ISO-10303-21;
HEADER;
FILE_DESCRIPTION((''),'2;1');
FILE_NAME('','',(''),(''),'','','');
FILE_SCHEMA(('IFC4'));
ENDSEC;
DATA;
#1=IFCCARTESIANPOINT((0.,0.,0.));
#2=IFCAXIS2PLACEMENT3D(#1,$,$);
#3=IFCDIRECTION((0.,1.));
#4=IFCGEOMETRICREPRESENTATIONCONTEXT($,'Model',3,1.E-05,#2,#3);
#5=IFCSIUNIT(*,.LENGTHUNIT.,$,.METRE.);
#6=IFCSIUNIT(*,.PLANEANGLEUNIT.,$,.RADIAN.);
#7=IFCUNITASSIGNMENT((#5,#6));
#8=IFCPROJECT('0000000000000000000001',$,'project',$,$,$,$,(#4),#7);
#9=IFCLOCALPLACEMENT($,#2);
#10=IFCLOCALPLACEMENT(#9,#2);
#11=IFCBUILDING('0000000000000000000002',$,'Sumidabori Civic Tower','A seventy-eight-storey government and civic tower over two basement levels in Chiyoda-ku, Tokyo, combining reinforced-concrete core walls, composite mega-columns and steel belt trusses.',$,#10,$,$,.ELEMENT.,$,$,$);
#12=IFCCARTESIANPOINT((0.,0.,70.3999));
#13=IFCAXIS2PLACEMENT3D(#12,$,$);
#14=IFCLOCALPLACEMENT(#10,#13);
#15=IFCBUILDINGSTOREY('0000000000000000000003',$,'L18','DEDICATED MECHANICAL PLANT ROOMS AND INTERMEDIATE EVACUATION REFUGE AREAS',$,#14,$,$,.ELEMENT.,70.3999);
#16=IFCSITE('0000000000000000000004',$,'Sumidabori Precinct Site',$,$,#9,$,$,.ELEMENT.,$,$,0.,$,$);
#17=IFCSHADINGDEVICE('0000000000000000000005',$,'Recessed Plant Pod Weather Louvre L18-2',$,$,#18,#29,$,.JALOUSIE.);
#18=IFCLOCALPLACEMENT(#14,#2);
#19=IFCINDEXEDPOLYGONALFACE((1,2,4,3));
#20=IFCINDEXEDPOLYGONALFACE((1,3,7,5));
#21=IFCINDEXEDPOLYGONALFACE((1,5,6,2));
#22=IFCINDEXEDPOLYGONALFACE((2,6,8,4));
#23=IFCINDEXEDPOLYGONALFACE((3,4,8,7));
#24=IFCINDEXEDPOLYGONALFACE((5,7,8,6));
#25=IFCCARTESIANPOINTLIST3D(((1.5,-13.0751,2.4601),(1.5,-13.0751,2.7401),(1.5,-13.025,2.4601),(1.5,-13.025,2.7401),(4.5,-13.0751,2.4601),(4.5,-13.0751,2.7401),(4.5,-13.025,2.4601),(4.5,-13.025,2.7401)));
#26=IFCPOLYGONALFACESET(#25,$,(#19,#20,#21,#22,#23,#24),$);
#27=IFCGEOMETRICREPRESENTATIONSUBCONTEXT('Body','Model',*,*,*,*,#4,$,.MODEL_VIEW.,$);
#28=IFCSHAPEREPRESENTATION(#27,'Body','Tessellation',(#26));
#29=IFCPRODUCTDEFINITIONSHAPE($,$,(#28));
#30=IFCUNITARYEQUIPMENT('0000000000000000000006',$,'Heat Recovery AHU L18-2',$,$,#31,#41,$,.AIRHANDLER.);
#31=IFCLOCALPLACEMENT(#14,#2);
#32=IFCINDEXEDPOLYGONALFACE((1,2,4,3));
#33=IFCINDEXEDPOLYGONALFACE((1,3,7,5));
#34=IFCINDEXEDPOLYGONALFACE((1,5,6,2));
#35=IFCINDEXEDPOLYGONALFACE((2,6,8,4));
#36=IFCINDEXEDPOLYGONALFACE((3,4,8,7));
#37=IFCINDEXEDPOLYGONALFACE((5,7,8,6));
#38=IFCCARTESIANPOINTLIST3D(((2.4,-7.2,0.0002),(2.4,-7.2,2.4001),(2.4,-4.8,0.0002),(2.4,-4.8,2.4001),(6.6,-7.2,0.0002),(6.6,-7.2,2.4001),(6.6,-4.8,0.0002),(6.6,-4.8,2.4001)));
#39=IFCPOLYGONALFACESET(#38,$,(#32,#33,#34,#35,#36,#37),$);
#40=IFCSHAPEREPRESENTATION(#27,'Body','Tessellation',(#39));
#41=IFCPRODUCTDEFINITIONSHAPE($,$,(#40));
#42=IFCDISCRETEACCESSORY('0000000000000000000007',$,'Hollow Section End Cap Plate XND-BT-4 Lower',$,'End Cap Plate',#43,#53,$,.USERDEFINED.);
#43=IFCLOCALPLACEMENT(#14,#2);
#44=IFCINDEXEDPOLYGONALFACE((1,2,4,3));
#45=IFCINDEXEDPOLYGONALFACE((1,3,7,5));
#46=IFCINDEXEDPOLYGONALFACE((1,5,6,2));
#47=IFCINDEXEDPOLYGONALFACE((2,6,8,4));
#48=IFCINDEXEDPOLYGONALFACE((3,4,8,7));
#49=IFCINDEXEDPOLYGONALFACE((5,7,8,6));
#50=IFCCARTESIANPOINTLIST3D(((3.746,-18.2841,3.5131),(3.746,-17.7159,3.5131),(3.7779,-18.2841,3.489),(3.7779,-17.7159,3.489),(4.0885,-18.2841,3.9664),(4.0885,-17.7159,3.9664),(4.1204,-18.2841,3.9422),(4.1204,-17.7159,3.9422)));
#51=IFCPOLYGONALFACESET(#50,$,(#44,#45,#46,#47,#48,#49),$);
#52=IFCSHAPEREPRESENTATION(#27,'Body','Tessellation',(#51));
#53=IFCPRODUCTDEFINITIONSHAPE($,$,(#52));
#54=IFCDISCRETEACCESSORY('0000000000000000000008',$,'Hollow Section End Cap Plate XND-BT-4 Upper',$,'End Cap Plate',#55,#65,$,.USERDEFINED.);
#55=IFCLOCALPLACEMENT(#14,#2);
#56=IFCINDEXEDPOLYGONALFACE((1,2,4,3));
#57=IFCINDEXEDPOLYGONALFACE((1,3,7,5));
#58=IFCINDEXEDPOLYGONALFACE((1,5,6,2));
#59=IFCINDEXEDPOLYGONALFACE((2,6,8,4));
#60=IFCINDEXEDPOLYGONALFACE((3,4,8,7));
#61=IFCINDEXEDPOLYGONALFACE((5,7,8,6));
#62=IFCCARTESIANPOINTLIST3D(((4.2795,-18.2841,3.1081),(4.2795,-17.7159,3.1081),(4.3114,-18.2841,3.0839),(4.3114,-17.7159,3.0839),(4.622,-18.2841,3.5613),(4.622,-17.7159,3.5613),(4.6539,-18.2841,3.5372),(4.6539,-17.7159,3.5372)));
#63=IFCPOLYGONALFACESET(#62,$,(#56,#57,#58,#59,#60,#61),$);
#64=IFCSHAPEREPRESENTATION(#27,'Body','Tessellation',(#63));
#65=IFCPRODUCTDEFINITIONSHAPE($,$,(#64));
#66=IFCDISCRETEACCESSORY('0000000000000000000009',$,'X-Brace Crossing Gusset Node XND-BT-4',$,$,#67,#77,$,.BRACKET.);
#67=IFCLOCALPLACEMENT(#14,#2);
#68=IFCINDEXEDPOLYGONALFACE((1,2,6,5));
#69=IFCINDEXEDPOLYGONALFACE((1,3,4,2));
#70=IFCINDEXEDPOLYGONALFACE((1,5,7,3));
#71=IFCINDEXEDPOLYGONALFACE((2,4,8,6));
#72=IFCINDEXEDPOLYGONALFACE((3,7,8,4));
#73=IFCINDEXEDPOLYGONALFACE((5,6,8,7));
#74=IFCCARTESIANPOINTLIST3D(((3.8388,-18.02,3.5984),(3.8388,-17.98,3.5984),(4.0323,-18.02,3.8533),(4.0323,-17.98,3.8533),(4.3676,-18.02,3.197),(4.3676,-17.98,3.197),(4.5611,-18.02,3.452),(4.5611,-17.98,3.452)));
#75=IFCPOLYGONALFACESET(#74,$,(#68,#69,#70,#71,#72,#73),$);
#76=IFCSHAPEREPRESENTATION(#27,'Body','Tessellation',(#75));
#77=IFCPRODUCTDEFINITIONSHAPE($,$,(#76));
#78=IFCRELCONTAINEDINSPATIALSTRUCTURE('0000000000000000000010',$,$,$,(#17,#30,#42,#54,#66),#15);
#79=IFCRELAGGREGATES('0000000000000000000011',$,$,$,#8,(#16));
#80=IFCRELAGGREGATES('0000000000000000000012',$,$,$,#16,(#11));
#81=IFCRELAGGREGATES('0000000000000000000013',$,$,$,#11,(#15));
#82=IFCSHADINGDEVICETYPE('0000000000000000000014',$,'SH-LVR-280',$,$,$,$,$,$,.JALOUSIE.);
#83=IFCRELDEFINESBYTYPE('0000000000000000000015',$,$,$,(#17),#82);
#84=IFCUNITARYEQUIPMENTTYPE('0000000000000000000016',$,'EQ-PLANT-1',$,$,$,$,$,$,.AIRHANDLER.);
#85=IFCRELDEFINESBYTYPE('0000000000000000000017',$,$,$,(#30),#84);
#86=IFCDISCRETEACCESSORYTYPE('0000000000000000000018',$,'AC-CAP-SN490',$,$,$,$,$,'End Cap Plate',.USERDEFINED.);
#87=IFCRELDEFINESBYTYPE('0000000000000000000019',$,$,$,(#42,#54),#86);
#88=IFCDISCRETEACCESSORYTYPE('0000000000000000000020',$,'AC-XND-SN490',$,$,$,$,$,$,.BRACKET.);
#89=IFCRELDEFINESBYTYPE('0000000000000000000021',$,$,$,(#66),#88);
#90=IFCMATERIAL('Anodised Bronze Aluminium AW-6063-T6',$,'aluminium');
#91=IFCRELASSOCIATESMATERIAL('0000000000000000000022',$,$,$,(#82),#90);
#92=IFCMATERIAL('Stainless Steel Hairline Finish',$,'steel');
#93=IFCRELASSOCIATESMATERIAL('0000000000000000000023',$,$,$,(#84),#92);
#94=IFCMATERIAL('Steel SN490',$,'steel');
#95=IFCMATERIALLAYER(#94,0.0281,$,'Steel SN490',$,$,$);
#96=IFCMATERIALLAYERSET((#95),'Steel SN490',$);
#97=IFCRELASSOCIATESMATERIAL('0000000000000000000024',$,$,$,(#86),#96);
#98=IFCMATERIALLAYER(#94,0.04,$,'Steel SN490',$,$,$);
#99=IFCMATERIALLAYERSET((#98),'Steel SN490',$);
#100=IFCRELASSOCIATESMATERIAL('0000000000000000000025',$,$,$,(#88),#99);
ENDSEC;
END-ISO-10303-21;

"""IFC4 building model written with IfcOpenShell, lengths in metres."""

from ifc_helpers import new_model, si_unit, direction, frame, origin, origin_2d, place, context, subcontext, project, spatial, rectangle, extrude, source, transform, mapped, material, layer, layer_set, material_profile, profile_set, type_object, element, save


model = new_model("IFC4")

# Units and contexts
model_context = context("Model", 3, precision=1e-05, world=origin(), true_north=direction((0.0, 1.0)))
body_context = subcontext(model_context, "Body", "Model", "MODEL_VIEW")
ifc_project = project(units=[si_unit("LENGTHUNIT", "METRE"), si_unit("PLANEANGLEUNIT", "RADIAN")], contexts=[model_context])

# Site, building, storey
site_placement = place(None, origin())
site = spatial("IfcSite", under=ifc_project, at=site_placement, Name="Sumidabori Precinct Site", CompositionType="ELEMENT", RefElevation=0.0)
building_placement = place(site_placement, origin())
building = spatial("IfcBuilding", under=site, at=building_placement, Name="Sumidabori Civic Tower", Description="A seventy-eight-storey government and civic tower over two basement levels in Chiyoda-ku, Tokyo, combining reinforced-concrete core walls, composite mega-columns and steel belt trusses.", CompositionType="ELEMENT")
storey_placement = place(building_placement, frame((0.0, 0.0, 70.3999)))
storey = spatial("IfcBuildingStorey", under=building, at=storey_placement, Name="L18", Description="DEDICATED MECHANICAL PLANT ROOMS AND INTERMEDIATE EVACUATION REFUGE AREAS", CompositionType="ELEMENT", Elevation=70.3999)

# Shared definitions
ifc_material_1 = material(Name="Steel SN490", Category="steel")

# Shading device
ifc_material_2 = material(Name="Anodised Bronze Aluminium AW-6063-T6", Category="aluminium")
ifc_material_profile_1 = material_profile(ifc_material_2, rectangle(XDim=0.05, YDim=0.28, at=origin_2d()), Name="BRONZE LOUVRE 280x50")
ifc_profile_set_1 = profile_set([ifc_material_profile_1], Name="Anodised Bronze Aluminium AW-6063-T6")
shading_device_type = type_object("IfcShadingDeviceType", Name="SH-LVR-280", PredefinedType="JALOUSIE", material=ifc_profile_set_1)
shared_shape_1 = source(origin(), body_context, "Body", "SweptSolid", [
    extrude(rectangle(XDim=0.05, YDim=0.28, at=origin_2d()), origin(), (0.0, 0.0, 1.0), 3.0),
])
shading_device_placement = place(storey_placement, frame((1.5, -13.05, 2.6001), z_axis=(1.0, 0.0, 0.0), x_axis=(0.0, 1.0, 0.0)))
element("IfcShadingDevice", 1, at=shading_device_placement, inside=storey, type_object=shading_device_type, Name="Recessed Plant Pod Weather Louvre L18-2", PredefinedType="JALOUSIE", context=body_context, shape_type="MappedRepresentation", body=[
    mapped(shared_shape_1, transform((0.0, 0.0, 0.0), x_axis=(1.0, 0.0, 0.0), y_axis=(0.0, 1.0, 0.0), z_axis=(0.0, 0.0, 1.0), scale=1.0)),
])

# Unitary equipment
ifc_material_3 = material(Name="Stainless Steel Hairline Finish", Category="steel")
unitary_equipment_type = type_object("IfcUnitaryEquipmentType", Name="EQ-PLANT-1", PredefinedType="AIRHANDLER", material=ifc_material_3)
shared_shape_2 = source(origin(), body_context, "Body", "SweptSolid", [
    extrude(rectangle(XDim=4.2, YDim=2.3999, at=origin_2d()), origin(), (0.0, 0.0, 1.0), 2.3999),
])
unitary_equipment_placement = place(storey_placement, frame((4.5, -6.0, 0.0002), z_axis=(0.0, 0.0, 1.0), x_axis=(1.0, 0.0, 0.0)))
element("IfcUnitaryEquipment", 2, at=unitary_equipment_placement, inside=storey, type_object=unitary_equipment_type, Name="Heat Recovery AHU L18-2", PredefinedType="AIRHANDLER", context=body_context, shape_type="MappedRepresentation", body=[
    mapped(shared_shape_2, transform((0.0, 0.0, 0.0), x_axis=(1.0, 0.0, 0.0), y_axis=(0.0, 1.0, 0.0), z_axis=(0.0, 0.0, 1.0), scale=1.0)),
])

# Discrete accessories
ifc_layer_1 = layer(ifc_material_1, 0.0281, Name="Steel SN490")
ifc_layer_set_1 = layer_set([ifc_layer_1], Name="Steel SN490")
discrete_accessory_type_1 = type_object("IfcDiscreteAccessoryType", Name="AC-CAP-SN490", ElementType="End Cap Plate", PredefinedType="USERDEFINED", material=ifc_layer_set_1)
shared_shape_3 = source(origin(), body_context, "Body", "SweptSolid", [
    extrude(rectangle(XDim=0.5681, YDim=0.5681, at=origin_2d()), origin(), (0.0, 0.0, 1.0), 0.04),
])
for number, where, z_axis, x_axis, name in (
    (3, (3.9172, -18.0, 3.7397), (0.797802, 0.0, -0.602919), (0.0, 1.0, 0.0), "Hollow Section End Cap Plate XND-BT-4 Lower"),
    (4, (4.4827, -18.0, 3.3105), (-0.797802, 0.0, 0.602919), (0.0, -1.0, 0.0), "Hollow Section End Cap Plate XND-BT-4 Upper"),
):
    element("IfcDiscreteAccessory", number, at=place(storey_placement, frame(where, z_axis=z_axis, x_axis=x_axis)), inside=storey, type_object=discrete_accessory_type_1, Name=name, ObjectType="End Cap Plate", PredefinedType="USERDEFINED", context=body_context, shape_type="MappedRepresentation", body=[
        mapped(shared_shape_3, transform((0.0, 0.0, 0.0), x_axis=(1.0, 0.0, 0.0), y_axis=(0.0, 1.0, 0.0), z_axis=(0.0, 0.0, 1.0), scale=1.0)),
    ])
ifc_layer_2 = layer(ifc_material_1, 0.04, Name="Steel SN490")
ifc_layer_set_2 = layer_set([ifc_layer_2], Name="Steel SN490")
discrete_accessory_type_2 = type_object("IfcDiscreteAccessoryType", Name="AC-XND-SN490", PredefinedType="BRACKET", material=ifc_layer_set_2)
shared_shape_4 = source(origin(), body_context, "Body", "SweptSolid", [
    extrude(rectangle(XDim=0.04, YDim=0.3201, at=origin_2d()), origin(), (0.0, 0.0, 1.0), 0.6638),
])
discrete_accessory_placement = place(storey_placement, frame((3.9355, -18.0, 3.7258), z_axis=(0.796545, 0.0, -0.60458), x_axis=(0.0, 1.0, 0.0)))
element("IfcDiscreteAccessory", 5, at=discrete_accessory_placement, inside=storey, type_object=discrete_accessory_type_2, Name="X-Brace Crossing Gusset Node XND-BT-4", PredefinedType="BRACKET", context=body_context, shape_type="MappedRepresentation", body=[
    mapped(shared_shape_4, transform((0.0, 0.0, 0.0), x_axis=(1.0, 0.0, 0.0), y_axis=(0.0, 1.0, 0.0), z_axis=(0.0, 0.0, 1.0), scale=1.0)),
])

save(model, "model.ifc")
